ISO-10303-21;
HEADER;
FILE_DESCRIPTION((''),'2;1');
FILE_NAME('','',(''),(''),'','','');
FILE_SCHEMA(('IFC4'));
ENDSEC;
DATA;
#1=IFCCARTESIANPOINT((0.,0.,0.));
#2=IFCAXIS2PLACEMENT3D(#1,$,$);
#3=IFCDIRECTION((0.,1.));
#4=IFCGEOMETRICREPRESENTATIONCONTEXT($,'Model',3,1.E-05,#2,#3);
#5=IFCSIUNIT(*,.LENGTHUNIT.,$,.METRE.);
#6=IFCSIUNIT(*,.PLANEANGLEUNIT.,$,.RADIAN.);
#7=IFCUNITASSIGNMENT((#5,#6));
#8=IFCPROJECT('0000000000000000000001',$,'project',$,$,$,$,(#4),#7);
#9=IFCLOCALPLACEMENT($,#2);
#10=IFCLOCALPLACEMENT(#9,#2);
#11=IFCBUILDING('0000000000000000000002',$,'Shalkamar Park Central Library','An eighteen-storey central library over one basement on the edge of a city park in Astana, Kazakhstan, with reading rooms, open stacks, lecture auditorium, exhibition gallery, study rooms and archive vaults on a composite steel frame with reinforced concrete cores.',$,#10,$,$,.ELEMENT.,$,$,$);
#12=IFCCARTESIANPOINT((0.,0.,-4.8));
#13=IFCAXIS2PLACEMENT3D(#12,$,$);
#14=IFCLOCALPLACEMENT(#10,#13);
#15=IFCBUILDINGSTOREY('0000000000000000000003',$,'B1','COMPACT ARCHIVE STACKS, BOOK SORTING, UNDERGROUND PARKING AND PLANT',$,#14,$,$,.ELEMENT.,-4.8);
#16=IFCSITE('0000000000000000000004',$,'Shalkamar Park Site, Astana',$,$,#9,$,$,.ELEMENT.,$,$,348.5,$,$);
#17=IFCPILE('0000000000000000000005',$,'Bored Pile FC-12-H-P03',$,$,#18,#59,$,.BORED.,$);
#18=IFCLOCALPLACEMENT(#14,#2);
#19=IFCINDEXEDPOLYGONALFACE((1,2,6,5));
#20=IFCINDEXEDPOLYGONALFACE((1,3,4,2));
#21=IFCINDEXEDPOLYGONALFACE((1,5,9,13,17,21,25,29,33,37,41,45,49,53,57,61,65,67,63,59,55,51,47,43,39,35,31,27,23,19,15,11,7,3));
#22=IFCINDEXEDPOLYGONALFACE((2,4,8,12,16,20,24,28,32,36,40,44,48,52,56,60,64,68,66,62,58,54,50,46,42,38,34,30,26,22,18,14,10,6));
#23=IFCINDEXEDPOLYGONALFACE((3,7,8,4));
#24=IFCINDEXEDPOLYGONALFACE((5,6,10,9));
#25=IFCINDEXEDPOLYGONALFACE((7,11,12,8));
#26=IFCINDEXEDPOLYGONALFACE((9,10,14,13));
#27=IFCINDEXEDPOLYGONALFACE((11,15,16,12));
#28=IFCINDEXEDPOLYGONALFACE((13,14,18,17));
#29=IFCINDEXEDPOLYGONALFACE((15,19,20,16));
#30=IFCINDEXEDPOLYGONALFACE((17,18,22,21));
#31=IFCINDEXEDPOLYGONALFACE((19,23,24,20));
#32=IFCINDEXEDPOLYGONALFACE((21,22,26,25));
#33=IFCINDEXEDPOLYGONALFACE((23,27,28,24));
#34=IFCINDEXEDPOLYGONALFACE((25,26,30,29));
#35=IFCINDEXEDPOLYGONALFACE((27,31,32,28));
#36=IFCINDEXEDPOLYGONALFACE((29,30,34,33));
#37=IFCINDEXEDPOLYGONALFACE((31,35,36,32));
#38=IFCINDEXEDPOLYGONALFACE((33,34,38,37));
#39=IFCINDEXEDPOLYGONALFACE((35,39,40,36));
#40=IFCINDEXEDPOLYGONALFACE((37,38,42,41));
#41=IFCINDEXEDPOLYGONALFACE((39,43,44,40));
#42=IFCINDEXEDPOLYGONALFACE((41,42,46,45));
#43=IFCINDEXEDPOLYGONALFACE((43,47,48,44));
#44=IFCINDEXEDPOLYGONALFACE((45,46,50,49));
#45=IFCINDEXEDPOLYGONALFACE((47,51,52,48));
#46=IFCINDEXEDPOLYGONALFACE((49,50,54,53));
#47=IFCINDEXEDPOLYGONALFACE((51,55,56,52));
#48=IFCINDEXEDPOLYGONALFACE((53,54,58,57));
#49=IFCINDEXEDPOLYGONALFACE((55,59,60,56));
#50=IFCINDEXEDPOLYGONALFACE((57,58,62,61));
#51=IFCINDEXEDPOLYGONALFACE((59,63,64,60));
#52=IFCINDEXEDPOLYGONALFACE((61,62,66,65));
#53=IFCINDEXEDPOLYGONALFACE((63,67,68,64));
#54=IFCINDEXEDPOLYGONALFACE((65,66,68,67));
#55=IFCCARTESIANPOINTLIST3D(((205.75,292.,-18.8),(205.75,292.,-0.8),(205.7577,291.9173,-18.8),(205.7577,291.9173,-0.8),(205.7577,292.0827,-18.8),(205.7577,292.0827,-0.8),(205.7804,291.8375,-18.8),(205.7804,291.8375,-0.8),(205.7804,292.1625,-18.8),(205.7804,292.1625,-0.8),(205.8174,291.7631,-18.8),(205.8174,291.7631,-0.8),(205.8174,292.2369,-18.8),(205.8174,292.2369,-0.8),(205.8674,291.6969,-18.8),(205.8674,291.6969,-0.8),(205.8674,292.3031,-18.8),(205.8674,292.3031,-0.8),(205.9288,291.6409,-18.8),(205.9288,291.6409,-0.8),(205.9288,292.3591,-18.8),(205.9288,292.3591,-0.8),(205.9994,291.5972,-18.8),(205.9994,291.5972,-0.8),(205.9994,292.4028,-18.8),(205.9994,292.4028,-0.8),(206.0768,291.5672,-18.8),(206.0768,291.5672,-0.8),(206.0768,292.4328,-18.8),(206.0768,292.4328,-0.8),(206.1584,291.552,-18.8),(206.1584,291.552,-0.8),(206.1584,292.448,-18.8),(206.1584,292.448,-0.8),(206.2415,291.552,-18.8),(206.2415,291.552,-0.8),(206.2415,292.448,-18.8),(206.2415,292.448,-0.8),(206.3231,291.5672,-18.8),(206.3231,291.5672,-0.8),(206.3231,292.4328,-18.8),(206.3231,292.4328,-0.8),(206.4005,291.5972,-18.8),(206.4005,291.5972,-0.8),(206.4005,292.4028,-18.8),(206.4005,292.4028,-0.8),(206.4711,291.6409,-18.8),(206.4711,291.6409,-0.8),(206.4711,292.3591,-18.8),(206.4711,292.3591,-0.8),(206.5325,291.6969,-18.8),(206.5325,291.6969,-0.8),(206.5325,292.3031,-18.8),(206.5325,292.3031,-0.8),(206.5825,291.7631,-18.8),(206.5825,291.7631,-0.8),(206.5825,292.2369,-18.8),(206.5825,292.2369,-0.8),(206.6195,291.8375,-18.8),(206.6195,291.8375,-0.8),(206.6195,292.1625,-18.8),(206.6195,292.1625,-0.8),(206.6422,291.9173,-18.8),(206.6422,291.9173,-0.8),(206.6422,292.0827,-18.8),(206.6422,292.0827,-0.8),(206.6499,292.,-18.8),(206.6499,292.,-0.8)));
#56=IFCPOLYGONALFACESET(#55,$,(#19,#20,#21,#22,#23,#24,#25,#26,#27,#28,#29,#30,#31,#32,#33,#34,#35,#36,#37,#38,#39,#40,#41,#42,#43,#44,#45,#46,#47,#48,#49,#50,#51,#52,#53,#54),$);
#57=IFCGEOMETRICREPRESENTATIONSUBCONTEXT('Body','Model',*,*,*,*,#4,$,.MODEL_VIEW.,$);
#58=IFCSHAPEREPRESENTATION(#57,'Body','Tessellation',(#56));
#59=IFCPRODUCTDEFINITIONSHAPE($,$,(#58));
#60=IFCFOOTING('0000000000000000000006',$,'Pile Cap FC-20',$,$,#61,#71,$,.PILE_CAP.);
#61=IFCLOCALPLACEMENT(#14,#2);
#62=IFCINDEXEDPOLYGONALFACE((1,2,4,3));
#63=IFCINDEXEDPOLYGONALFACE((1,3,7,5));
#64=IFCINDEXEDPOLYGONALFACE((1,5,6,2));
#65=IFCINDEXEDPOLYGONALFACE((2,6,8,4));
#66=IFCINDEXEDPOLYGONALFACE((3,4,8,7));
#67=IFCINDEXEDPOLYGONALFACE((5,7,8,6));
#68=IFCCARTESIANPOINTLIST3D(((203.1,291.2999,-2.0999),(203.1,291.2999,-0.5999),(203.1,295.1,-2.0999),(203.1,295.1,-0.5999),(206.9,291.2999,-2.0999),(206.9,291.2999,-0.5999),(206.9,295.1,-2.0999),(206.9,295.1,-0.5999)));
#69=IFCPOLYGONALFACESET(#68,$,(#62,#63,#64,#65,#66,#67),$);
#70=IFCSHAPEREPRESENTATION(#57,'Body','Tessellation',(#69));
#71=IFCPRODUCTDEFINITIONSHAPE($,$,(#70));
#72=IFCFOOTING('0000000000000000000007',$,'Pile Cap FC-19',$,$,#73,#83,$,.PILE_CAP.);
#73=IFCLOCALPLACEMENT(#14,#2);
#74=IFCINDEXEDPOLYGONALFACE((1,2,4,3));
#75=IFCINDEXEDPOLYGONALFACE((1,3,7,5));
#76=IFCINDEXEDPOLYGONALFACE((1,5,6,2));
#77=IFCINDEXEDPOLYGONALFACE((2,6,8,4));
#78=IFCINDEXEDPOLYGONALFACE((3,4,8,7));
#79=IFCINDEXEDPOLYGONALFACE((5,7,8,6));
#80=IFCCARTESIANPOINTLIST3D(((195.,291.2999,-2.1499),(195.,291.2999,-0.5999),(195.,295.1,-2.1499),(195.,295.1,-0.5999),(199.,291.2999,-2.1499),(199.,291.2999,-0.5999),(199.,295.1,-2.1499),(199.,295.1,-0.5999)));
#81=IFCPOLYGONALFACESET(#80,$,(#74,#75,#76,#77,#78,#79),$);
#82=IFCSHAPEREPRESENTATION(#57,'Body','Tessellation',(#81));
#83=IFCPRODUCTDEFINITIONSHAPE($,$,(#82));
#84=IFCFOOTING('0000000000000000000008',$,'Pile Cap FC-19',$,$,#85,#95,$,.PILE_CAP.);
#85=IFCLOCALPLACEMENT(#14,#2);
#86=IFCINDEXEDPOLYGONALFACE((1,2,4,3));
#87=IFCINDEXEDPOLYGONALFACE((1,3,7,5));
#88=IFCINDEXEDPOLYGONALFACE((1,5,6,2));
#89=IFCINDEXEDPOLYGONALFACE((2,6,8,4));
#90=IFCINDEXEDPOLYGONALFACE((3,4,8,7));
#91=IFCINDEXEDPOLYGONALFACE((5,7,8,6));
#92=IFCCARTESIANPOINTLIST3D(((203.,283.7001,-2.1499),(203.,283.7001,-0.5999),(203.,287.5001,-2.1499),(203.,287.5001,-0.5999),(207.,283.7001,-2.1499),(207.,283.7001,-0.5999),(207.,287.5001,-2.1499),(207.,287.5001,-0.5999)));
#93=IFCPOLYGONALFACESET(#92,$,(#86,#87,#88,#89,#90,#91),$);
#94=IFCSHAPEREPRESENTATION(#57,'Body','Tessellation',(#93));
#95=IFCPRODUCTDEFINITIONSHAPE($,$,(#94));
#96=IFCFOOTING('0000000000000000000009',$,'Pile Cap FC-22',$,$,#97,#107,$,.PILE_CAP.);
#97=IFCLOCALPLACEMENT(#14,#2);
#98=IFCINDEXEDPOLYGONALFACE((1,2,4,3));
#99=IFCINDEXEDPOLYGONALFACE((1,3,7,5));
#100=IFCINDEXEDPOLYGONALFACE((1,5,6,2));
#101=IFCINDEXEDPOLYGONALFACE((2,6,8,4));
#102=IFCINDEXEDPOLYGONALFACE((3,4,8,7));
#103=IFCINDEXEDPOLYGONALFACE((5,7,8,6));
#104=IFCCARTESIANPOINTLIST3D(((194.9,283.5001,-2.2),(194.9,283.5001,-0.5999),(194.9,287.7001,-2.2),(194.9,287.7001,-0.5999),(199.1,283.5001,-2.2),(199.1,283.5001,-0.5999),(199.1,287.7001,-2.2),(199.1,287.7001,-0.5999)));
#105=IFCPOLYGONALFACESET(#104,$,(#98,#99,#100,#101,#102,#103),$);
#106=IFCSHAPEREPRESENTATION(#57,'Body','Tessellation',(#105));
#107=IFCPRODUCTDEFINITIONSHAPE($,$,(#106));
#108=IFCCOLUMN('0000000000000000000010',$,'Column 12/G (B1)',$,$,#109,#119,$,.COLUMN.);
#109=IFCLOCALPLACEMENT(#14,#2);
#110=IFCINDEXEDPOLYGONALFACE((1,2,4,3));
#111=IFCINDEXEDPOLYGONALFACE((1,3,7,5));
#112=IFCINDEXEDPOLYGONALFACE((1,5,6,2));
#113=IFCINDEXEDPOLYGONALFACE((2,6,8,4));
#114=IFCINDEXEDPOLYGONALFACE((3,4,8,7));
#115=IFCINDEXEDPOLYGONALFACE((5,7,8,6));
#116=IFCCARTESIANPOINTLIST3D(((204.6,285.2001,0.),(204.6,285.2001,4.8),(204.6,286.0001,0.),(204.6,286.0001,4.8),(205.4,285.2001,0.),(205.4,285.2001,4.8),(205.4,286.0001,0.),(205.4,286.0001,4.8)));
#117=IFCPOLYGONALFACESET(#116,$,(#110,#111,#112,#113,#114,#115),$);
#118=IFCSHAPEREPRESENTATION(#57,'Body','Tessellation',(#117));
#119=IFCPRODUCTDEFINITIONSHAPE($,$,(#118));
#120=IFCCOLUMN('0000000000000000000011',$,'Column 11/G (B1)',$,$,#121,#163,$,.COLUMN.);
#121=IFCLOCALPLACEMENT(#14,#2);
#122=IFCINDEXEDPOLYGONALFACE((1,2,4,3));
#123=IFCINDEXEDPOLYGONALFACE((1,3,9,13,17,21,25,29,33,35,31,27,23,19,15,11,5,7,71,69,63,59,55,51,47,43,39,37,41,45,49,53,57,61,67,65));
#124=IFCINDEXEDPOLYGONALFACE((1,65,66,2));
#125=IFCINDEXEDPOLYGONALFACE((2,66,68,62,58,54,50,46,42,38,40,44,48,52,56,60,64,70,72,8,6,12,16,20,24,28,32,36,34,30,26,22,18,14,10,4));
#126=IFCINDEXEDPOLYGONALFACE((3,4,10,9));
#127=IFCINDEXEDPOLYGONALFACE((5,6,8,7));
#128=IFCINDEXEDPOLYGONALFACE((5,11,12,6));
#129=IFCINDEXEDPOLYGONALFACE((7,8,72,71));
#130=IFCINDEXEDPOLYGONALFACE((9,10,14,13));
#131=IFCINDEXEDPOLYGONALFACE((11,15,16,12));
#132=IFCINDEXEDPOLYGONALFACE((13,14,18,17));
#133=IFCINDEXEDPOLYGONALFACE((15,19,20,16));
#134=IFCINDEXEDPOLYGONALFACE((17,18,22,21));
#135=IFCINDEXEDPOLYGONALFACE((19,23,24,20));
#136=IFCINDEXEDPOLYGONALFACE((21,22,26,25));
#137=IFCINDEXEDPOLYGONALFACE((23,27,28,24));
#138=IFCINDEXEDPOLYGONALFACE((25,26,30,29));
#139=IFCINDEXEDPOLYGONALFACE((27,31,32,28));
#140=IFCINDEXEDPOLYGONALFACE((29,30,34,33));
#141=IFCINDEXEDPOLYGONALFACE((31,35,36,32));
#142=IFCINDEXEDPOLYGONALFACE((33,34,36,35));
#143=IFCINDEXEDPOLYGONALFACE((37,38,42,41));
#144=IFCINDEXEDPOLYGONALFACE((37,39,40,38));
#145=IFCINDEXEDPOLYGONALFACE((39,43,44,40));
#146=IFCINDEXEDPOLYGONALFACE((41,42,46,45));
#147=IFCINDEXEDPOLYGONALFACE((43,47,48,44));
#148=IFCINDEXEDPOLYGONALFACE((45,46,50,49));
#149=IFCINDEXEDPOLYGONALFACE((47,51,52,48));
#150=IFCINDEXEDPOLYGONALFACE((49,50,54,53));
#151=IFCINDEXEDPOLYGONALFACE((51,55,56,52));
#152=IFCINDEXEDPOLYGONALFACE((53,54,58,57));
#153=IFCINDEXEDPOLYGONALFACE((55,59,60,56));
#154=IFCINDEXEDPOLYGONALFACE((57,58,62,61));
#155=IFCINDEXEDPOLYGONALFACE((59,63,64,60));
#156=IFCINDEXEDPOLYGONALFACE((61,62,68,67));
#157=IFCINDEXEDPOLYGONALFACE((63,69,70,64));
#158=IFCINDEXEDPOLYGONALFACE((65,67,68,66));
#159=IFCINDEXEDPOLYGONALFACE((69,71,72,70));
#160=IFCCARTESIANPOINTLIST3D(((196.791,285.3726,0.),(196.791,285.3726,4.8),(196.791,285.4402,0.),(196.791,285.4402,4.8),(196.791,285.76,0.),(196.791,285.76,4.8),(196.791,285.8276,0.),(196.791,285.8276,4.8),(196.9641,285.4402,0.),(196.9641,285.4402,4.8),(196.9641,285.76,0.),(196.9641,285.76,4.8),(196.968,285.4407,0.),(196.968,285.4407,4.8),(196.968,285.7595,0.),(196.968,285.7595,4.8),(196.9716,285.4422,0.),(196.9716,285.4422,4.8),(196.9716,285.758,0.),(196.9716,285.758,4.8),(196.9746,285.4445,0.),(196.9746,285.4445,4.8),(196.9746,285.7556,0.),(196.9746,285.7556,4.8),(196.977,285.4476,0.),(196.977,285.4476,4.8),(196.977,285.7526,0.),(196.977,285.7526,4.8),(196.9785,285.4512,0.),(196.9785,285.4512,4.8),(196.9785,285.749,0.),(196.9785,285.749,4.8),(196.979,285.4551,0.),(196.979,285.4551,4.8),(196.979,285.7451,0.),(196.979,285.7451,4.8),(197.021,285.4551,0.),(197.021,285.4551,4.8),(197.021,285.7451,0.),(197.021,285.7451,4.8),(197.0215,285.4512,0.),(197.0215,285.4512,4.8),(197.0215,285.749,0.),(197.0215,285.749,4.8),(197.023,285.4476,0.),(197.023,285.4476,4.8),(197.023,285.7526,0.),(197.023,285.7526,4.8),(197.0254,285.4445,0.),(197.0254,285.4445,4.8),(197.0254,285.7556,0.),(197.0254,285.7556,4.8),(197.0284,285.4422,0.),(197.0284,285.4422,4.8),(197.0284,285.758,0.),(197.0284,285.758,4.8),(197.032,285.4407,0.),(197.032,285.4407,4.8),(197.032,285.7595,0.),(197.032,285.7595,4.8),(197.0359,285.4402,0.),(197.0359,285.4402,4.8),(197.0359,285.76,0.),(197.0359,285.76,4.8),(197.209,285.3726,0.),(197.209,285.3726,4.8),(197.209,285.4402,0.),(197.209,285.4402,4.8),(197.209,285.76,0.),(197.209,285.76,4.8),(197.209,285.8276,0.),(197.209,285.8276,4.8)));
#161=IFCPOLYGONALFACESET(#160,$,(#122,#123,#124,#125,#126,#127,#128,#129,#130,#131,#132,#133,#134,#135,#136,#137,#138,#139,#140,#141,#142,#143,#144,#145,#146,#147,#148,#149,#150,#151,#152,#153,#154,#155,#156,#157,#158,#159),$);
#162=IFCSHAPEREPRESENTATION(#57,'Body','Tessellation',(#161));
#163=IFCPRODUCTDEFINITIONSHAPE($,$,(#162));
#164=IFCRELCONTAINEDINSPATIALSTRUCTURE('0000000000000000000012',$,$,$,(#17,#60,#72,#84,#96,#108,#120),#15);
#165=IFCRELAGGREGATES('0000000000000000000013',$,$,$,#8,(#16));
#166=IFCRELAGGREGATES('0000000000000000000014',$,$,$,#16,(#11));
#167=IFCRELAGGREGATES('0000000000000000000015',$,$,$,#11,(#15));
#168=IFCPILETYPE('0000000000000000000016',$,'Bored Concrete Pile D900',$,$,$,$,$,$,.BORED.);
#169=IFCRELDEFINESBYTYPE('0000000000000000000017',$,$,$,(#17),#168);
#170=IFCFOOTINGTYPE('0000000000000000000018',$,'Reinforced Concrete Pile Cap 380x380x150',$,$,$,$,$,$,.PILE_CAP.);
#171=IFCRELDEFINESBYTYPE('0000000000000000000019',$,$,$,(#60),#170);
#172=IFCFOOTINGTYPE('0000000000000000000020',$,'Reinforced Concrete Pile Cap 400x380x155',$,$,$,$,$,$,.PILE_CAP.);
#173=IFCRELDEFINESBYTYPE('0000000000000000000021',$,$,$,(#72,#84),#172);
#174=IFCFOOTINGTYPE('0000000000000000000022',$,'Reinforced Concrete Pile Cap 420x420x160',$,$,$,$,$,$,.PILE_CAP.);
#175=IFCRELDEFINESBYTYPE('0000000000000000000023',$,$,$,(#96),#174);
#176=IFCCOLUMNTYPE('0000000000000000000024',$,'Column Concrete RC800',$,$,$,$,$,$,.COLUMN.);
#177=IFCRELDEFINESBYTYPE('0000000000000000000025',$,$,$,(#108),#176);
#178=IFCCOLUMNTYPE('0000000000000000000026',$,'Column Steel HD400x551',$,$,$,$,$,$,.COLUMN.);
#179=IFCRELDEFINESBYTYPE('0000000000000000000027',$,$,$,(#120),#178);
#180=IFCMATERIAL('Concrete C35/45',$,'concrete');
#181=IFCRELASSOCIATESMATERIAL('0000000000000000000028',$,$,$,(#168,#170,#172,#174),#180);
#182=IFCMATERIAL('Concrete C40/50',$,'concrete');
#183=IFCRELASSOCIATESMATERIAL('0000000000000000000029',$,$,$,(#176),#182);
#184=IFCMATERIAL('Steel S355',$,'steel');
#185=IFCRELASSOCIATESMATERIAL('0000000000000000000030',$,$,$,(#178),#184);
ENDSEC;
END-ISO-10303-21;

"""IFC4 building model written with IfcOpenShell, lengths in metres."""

from ifc_helpers import new_model, si_unit, direction, frame, origin, origin_2d, place, context, subcontext, project, spatial, rectangle, circle, i_section, extrude, material, material_profile, profile_set, type_object, element, save


model = new_model("IFC4")

# Units and contexts
model_context = context("Model", 3, precision=1e-05, world=origin(), true_north=direction((0.0, 1.0)))
body_context = subcontext(model_context, "Body", "Model", "MODEL_VIEW")
ifc_project = project(units=[si_unit("LENGTHUNIT", "METRE"), si_unit("PLANEANGLEUNIT", "RADIAN")], contexts=[model_context])

# Site, building, storey
site_placement = place(None, origin())
site = spatial("IfcSite", under=ifc_project, at=site_placement, Name="Shalkamar Park Site, Astana", CompositionType="ELEMENT", RefElevation=348.5)
building_placement = place(site_placement, origin())
building = spatial("IfcBuilding", under=site, at=building_placement, Name="Shalkamar Park Central Library", Description="An eighteen-storey central library over one basement on the edge of a city park in Astana, Kazakhstan, with reading rooms, open stacks, lecture auditorium, exhibition gallery, study rooms and archive vaults on a composite steel frame with reinforced concrete cores.", CompositionType="ELEMENT")
storey_placement = place(building_placement, frame((0.0, 0.0, -4.8)))
storey = spatial("IfcBuildingStorey", under=building, at=storey_placement, Name="B1", Description="COMPACT ARCHIVE STACKS, BOOK SORTING, UNDERGROUND PARKING AND PLANT", CompositionType="ELEMENT", Elevation=-4.8)

# Pile
ifc_material_1 = material(Name="Concrete C35/45", Category="concrete")
ifc_material_profile_1 = material_profile(ifc_material_1, circle(Radius=0.45, at=origin_2d()), Name="PILE D900")
ifc_profile_set_1 = profile_set([ifc_material_profile_1], Name="Concrete C35/45")
pile_type_1 = type_object("IfcPileType", Name="Bored Concrete Pile D900", PredefinedType="BORED", material=ifc_profile_set_1)
for number, where, z_axis, x_axis, name in (
    (1, (206.2, 292.0, -0.8), (0.0, 0.0, -1.0), (1.0, 0.0, 0.0), "Bored Pile FC-12-H-P03"),
):
    element("IfcPile", number, at=place(storey_placement, frame(where, z_axis=z_axis, x_axis=x_axis)), inside=storey, type_object=pile_type_1, Name=name, PredefinedType="BORED", context=body_context, shape_type="SweptSolid", body=[
        extrude(circle(Radius=0.45, at=origin_2d()), origin(), (0.0, 0.0, 1.0), 18.0),
    ])

# Footings
footing_type_1 = type_object("IfcFootingType", Name="Reinforced Concrete Pile Cap 380x380x150", PredefinedType="PILE_CAP", material=ifc_material_1)
footing_1_placement = place(storey_placement, frame((205.0, 293.2, -2.0999), z_axis=(0.0, 0.0, 1.0), x_axis=(1.0, 0.0, 0.0)))
element("IfcFooting", 2, at=footing_1_placement, inside=storey, type_object=footing_type_1, Name="Pile Cap FC-20", PredefinedType="PILE_CAP", context=body_context, shape_type="SweptSolid", body=[
    extrude(rectangle(XDim=3.8, YDim=3.8, at=origin_2d()), origin(), (0.0, 0.0, 1.0), 1.5),
])
footing_type_2 = type_object("IfcFootingType", Name="Reinforced Concrete Pile Cap 400x380x155", PredefinedType="PILE_CAP", material=ifc_material_1)
for number, where, z_axis, x_axis, name in (
    (3, (197.0, 293.2, -2.1499), (0.0, 0.0, 1.0), (1.0, 0.0, 0.0), "Pile Cap FC-19"),
    (4, (205.0, 285.6001, -2.1499), (0.0, 0.0, 1.0), (1.0, 0.0, 0.0), "Pile Cap FC-19"),
):
    element("IfcFooting", number, at=place(storey_placement, frame(where, z_axis=z_axis, x_axis=x_axis)), inside=storey, type_object=footing_type_2, Name=name, PredefinedType="PILE_CAP", context=body_context, shape_type="SweptSolid", body=[
        extrude(rectangle(XDim=4.0, YDim=3.8, at=origin_2d()), origin(), (0.0, 0.0, 1.0), 1.55),
    ])
footing_type_3 = type_object("IfcFootingType", Name="Reinforced Concrete Pile Cap 420x420x160", PredefinedType="PILE_CAP", material=ifc_material_1)
footing_2_placement = place(storey_placement, frame((197.0, 285.6001, -2.2), z_axis=(0.0, 0.0, 1.0), x_axis=(1.0, 0.0, 0.0)))
element("IfcFooting", 5, at=footing_2_placement, inside=storey, type_object=footing_type_3, Name="Pile Cap FC-22", PredefinedType="PILE_CAP", context=body_context, shape_type="SweptSolid", body=[
    extrude(rectangle(XDim=4.2, YDim=4.2, at=origin_2d()), origin(), (0.0, 0.0, 1.0), 1.6001),
])

# Columns
ifc_material_2 = material(Name="Concrete C40/50", Category="concrete")
ifc_material_profile_2 = material_profile(ifc_material_2, rectangle(XDim=0.8, YDim=0.8, at=origin_2d()), Name="RC 800x800")
ifc_profile_set_2 = profile_set([ifc_material_profile_2], Name="Concrete C40/50")
column_type_1 = type_object("IfcColumnType", Name="Column Concrete RC800", PredefinedType="COLUMN", material=ifc_profile_set_2)
column_1_placement = place(storey_placement, frame((205.0, 285.6001, 0.0), z_axis=(0.0, 0.0, 1.0), x_axis=(1.0, 0.0, 0.0)))
element("IfcColumn", 6, at=column_1_placement, inside=storey, type_object=column_type_1, Name="Column 12/G (B1)", PredefinedType="COLUMN", context=body_context, shape_type="SweptSolid", body=[
    extrude(rectangle(XDim=0.8, YDim=0.8, at=origin_2d()), origin(), (0.0, 0.0, 1.0), 4.8),
])
ifc_material_3 = material(Name="Steel S355", Category="steel")
ifc_material_profile_3 = material_profile(ifc_material_3, i_section(OverallWidth=0.418, OverallDepth=0.4551, WebThickness=0.042, FlangeThickness=0.0676, FilletRadius=0.0149, at=origin_2d()), Name="HD 400x551")
ifc_profile_set_3 = profile_set([ifc_material_profile_3], Name="Steel S355")
column_type_2 = type_object("IfcColumnType", Name="Column Steel HD400x551", PredefinedType="COLUMN", material=ifc_profile_set_3)
column_2_placement = place(storey_placement, frame((197.0, 285.6001, 0.0), z_axis=(0.0, 0.0, 1.0), x_axis=(1.0, 0.0, 0.0)))
element("IfcColumn", 7, at=column_2_placement, inside=storey, type_object=column_type_2, Name="Column 11/G (B1)", PredefinedType="COLUMN", context=body_context, shape_type="SweptSolid", body=[
    extrude(i_section(OverallWidth=0.418, OverallDepth=0.4551, WebThickness=0.042, FlangeThickness=0.0676, FilletRadius=0.0149, at=origin_2d()), origin(), (0.0, 0.0, 1.0), 4.8),
])

save(model, "model.ifc")
